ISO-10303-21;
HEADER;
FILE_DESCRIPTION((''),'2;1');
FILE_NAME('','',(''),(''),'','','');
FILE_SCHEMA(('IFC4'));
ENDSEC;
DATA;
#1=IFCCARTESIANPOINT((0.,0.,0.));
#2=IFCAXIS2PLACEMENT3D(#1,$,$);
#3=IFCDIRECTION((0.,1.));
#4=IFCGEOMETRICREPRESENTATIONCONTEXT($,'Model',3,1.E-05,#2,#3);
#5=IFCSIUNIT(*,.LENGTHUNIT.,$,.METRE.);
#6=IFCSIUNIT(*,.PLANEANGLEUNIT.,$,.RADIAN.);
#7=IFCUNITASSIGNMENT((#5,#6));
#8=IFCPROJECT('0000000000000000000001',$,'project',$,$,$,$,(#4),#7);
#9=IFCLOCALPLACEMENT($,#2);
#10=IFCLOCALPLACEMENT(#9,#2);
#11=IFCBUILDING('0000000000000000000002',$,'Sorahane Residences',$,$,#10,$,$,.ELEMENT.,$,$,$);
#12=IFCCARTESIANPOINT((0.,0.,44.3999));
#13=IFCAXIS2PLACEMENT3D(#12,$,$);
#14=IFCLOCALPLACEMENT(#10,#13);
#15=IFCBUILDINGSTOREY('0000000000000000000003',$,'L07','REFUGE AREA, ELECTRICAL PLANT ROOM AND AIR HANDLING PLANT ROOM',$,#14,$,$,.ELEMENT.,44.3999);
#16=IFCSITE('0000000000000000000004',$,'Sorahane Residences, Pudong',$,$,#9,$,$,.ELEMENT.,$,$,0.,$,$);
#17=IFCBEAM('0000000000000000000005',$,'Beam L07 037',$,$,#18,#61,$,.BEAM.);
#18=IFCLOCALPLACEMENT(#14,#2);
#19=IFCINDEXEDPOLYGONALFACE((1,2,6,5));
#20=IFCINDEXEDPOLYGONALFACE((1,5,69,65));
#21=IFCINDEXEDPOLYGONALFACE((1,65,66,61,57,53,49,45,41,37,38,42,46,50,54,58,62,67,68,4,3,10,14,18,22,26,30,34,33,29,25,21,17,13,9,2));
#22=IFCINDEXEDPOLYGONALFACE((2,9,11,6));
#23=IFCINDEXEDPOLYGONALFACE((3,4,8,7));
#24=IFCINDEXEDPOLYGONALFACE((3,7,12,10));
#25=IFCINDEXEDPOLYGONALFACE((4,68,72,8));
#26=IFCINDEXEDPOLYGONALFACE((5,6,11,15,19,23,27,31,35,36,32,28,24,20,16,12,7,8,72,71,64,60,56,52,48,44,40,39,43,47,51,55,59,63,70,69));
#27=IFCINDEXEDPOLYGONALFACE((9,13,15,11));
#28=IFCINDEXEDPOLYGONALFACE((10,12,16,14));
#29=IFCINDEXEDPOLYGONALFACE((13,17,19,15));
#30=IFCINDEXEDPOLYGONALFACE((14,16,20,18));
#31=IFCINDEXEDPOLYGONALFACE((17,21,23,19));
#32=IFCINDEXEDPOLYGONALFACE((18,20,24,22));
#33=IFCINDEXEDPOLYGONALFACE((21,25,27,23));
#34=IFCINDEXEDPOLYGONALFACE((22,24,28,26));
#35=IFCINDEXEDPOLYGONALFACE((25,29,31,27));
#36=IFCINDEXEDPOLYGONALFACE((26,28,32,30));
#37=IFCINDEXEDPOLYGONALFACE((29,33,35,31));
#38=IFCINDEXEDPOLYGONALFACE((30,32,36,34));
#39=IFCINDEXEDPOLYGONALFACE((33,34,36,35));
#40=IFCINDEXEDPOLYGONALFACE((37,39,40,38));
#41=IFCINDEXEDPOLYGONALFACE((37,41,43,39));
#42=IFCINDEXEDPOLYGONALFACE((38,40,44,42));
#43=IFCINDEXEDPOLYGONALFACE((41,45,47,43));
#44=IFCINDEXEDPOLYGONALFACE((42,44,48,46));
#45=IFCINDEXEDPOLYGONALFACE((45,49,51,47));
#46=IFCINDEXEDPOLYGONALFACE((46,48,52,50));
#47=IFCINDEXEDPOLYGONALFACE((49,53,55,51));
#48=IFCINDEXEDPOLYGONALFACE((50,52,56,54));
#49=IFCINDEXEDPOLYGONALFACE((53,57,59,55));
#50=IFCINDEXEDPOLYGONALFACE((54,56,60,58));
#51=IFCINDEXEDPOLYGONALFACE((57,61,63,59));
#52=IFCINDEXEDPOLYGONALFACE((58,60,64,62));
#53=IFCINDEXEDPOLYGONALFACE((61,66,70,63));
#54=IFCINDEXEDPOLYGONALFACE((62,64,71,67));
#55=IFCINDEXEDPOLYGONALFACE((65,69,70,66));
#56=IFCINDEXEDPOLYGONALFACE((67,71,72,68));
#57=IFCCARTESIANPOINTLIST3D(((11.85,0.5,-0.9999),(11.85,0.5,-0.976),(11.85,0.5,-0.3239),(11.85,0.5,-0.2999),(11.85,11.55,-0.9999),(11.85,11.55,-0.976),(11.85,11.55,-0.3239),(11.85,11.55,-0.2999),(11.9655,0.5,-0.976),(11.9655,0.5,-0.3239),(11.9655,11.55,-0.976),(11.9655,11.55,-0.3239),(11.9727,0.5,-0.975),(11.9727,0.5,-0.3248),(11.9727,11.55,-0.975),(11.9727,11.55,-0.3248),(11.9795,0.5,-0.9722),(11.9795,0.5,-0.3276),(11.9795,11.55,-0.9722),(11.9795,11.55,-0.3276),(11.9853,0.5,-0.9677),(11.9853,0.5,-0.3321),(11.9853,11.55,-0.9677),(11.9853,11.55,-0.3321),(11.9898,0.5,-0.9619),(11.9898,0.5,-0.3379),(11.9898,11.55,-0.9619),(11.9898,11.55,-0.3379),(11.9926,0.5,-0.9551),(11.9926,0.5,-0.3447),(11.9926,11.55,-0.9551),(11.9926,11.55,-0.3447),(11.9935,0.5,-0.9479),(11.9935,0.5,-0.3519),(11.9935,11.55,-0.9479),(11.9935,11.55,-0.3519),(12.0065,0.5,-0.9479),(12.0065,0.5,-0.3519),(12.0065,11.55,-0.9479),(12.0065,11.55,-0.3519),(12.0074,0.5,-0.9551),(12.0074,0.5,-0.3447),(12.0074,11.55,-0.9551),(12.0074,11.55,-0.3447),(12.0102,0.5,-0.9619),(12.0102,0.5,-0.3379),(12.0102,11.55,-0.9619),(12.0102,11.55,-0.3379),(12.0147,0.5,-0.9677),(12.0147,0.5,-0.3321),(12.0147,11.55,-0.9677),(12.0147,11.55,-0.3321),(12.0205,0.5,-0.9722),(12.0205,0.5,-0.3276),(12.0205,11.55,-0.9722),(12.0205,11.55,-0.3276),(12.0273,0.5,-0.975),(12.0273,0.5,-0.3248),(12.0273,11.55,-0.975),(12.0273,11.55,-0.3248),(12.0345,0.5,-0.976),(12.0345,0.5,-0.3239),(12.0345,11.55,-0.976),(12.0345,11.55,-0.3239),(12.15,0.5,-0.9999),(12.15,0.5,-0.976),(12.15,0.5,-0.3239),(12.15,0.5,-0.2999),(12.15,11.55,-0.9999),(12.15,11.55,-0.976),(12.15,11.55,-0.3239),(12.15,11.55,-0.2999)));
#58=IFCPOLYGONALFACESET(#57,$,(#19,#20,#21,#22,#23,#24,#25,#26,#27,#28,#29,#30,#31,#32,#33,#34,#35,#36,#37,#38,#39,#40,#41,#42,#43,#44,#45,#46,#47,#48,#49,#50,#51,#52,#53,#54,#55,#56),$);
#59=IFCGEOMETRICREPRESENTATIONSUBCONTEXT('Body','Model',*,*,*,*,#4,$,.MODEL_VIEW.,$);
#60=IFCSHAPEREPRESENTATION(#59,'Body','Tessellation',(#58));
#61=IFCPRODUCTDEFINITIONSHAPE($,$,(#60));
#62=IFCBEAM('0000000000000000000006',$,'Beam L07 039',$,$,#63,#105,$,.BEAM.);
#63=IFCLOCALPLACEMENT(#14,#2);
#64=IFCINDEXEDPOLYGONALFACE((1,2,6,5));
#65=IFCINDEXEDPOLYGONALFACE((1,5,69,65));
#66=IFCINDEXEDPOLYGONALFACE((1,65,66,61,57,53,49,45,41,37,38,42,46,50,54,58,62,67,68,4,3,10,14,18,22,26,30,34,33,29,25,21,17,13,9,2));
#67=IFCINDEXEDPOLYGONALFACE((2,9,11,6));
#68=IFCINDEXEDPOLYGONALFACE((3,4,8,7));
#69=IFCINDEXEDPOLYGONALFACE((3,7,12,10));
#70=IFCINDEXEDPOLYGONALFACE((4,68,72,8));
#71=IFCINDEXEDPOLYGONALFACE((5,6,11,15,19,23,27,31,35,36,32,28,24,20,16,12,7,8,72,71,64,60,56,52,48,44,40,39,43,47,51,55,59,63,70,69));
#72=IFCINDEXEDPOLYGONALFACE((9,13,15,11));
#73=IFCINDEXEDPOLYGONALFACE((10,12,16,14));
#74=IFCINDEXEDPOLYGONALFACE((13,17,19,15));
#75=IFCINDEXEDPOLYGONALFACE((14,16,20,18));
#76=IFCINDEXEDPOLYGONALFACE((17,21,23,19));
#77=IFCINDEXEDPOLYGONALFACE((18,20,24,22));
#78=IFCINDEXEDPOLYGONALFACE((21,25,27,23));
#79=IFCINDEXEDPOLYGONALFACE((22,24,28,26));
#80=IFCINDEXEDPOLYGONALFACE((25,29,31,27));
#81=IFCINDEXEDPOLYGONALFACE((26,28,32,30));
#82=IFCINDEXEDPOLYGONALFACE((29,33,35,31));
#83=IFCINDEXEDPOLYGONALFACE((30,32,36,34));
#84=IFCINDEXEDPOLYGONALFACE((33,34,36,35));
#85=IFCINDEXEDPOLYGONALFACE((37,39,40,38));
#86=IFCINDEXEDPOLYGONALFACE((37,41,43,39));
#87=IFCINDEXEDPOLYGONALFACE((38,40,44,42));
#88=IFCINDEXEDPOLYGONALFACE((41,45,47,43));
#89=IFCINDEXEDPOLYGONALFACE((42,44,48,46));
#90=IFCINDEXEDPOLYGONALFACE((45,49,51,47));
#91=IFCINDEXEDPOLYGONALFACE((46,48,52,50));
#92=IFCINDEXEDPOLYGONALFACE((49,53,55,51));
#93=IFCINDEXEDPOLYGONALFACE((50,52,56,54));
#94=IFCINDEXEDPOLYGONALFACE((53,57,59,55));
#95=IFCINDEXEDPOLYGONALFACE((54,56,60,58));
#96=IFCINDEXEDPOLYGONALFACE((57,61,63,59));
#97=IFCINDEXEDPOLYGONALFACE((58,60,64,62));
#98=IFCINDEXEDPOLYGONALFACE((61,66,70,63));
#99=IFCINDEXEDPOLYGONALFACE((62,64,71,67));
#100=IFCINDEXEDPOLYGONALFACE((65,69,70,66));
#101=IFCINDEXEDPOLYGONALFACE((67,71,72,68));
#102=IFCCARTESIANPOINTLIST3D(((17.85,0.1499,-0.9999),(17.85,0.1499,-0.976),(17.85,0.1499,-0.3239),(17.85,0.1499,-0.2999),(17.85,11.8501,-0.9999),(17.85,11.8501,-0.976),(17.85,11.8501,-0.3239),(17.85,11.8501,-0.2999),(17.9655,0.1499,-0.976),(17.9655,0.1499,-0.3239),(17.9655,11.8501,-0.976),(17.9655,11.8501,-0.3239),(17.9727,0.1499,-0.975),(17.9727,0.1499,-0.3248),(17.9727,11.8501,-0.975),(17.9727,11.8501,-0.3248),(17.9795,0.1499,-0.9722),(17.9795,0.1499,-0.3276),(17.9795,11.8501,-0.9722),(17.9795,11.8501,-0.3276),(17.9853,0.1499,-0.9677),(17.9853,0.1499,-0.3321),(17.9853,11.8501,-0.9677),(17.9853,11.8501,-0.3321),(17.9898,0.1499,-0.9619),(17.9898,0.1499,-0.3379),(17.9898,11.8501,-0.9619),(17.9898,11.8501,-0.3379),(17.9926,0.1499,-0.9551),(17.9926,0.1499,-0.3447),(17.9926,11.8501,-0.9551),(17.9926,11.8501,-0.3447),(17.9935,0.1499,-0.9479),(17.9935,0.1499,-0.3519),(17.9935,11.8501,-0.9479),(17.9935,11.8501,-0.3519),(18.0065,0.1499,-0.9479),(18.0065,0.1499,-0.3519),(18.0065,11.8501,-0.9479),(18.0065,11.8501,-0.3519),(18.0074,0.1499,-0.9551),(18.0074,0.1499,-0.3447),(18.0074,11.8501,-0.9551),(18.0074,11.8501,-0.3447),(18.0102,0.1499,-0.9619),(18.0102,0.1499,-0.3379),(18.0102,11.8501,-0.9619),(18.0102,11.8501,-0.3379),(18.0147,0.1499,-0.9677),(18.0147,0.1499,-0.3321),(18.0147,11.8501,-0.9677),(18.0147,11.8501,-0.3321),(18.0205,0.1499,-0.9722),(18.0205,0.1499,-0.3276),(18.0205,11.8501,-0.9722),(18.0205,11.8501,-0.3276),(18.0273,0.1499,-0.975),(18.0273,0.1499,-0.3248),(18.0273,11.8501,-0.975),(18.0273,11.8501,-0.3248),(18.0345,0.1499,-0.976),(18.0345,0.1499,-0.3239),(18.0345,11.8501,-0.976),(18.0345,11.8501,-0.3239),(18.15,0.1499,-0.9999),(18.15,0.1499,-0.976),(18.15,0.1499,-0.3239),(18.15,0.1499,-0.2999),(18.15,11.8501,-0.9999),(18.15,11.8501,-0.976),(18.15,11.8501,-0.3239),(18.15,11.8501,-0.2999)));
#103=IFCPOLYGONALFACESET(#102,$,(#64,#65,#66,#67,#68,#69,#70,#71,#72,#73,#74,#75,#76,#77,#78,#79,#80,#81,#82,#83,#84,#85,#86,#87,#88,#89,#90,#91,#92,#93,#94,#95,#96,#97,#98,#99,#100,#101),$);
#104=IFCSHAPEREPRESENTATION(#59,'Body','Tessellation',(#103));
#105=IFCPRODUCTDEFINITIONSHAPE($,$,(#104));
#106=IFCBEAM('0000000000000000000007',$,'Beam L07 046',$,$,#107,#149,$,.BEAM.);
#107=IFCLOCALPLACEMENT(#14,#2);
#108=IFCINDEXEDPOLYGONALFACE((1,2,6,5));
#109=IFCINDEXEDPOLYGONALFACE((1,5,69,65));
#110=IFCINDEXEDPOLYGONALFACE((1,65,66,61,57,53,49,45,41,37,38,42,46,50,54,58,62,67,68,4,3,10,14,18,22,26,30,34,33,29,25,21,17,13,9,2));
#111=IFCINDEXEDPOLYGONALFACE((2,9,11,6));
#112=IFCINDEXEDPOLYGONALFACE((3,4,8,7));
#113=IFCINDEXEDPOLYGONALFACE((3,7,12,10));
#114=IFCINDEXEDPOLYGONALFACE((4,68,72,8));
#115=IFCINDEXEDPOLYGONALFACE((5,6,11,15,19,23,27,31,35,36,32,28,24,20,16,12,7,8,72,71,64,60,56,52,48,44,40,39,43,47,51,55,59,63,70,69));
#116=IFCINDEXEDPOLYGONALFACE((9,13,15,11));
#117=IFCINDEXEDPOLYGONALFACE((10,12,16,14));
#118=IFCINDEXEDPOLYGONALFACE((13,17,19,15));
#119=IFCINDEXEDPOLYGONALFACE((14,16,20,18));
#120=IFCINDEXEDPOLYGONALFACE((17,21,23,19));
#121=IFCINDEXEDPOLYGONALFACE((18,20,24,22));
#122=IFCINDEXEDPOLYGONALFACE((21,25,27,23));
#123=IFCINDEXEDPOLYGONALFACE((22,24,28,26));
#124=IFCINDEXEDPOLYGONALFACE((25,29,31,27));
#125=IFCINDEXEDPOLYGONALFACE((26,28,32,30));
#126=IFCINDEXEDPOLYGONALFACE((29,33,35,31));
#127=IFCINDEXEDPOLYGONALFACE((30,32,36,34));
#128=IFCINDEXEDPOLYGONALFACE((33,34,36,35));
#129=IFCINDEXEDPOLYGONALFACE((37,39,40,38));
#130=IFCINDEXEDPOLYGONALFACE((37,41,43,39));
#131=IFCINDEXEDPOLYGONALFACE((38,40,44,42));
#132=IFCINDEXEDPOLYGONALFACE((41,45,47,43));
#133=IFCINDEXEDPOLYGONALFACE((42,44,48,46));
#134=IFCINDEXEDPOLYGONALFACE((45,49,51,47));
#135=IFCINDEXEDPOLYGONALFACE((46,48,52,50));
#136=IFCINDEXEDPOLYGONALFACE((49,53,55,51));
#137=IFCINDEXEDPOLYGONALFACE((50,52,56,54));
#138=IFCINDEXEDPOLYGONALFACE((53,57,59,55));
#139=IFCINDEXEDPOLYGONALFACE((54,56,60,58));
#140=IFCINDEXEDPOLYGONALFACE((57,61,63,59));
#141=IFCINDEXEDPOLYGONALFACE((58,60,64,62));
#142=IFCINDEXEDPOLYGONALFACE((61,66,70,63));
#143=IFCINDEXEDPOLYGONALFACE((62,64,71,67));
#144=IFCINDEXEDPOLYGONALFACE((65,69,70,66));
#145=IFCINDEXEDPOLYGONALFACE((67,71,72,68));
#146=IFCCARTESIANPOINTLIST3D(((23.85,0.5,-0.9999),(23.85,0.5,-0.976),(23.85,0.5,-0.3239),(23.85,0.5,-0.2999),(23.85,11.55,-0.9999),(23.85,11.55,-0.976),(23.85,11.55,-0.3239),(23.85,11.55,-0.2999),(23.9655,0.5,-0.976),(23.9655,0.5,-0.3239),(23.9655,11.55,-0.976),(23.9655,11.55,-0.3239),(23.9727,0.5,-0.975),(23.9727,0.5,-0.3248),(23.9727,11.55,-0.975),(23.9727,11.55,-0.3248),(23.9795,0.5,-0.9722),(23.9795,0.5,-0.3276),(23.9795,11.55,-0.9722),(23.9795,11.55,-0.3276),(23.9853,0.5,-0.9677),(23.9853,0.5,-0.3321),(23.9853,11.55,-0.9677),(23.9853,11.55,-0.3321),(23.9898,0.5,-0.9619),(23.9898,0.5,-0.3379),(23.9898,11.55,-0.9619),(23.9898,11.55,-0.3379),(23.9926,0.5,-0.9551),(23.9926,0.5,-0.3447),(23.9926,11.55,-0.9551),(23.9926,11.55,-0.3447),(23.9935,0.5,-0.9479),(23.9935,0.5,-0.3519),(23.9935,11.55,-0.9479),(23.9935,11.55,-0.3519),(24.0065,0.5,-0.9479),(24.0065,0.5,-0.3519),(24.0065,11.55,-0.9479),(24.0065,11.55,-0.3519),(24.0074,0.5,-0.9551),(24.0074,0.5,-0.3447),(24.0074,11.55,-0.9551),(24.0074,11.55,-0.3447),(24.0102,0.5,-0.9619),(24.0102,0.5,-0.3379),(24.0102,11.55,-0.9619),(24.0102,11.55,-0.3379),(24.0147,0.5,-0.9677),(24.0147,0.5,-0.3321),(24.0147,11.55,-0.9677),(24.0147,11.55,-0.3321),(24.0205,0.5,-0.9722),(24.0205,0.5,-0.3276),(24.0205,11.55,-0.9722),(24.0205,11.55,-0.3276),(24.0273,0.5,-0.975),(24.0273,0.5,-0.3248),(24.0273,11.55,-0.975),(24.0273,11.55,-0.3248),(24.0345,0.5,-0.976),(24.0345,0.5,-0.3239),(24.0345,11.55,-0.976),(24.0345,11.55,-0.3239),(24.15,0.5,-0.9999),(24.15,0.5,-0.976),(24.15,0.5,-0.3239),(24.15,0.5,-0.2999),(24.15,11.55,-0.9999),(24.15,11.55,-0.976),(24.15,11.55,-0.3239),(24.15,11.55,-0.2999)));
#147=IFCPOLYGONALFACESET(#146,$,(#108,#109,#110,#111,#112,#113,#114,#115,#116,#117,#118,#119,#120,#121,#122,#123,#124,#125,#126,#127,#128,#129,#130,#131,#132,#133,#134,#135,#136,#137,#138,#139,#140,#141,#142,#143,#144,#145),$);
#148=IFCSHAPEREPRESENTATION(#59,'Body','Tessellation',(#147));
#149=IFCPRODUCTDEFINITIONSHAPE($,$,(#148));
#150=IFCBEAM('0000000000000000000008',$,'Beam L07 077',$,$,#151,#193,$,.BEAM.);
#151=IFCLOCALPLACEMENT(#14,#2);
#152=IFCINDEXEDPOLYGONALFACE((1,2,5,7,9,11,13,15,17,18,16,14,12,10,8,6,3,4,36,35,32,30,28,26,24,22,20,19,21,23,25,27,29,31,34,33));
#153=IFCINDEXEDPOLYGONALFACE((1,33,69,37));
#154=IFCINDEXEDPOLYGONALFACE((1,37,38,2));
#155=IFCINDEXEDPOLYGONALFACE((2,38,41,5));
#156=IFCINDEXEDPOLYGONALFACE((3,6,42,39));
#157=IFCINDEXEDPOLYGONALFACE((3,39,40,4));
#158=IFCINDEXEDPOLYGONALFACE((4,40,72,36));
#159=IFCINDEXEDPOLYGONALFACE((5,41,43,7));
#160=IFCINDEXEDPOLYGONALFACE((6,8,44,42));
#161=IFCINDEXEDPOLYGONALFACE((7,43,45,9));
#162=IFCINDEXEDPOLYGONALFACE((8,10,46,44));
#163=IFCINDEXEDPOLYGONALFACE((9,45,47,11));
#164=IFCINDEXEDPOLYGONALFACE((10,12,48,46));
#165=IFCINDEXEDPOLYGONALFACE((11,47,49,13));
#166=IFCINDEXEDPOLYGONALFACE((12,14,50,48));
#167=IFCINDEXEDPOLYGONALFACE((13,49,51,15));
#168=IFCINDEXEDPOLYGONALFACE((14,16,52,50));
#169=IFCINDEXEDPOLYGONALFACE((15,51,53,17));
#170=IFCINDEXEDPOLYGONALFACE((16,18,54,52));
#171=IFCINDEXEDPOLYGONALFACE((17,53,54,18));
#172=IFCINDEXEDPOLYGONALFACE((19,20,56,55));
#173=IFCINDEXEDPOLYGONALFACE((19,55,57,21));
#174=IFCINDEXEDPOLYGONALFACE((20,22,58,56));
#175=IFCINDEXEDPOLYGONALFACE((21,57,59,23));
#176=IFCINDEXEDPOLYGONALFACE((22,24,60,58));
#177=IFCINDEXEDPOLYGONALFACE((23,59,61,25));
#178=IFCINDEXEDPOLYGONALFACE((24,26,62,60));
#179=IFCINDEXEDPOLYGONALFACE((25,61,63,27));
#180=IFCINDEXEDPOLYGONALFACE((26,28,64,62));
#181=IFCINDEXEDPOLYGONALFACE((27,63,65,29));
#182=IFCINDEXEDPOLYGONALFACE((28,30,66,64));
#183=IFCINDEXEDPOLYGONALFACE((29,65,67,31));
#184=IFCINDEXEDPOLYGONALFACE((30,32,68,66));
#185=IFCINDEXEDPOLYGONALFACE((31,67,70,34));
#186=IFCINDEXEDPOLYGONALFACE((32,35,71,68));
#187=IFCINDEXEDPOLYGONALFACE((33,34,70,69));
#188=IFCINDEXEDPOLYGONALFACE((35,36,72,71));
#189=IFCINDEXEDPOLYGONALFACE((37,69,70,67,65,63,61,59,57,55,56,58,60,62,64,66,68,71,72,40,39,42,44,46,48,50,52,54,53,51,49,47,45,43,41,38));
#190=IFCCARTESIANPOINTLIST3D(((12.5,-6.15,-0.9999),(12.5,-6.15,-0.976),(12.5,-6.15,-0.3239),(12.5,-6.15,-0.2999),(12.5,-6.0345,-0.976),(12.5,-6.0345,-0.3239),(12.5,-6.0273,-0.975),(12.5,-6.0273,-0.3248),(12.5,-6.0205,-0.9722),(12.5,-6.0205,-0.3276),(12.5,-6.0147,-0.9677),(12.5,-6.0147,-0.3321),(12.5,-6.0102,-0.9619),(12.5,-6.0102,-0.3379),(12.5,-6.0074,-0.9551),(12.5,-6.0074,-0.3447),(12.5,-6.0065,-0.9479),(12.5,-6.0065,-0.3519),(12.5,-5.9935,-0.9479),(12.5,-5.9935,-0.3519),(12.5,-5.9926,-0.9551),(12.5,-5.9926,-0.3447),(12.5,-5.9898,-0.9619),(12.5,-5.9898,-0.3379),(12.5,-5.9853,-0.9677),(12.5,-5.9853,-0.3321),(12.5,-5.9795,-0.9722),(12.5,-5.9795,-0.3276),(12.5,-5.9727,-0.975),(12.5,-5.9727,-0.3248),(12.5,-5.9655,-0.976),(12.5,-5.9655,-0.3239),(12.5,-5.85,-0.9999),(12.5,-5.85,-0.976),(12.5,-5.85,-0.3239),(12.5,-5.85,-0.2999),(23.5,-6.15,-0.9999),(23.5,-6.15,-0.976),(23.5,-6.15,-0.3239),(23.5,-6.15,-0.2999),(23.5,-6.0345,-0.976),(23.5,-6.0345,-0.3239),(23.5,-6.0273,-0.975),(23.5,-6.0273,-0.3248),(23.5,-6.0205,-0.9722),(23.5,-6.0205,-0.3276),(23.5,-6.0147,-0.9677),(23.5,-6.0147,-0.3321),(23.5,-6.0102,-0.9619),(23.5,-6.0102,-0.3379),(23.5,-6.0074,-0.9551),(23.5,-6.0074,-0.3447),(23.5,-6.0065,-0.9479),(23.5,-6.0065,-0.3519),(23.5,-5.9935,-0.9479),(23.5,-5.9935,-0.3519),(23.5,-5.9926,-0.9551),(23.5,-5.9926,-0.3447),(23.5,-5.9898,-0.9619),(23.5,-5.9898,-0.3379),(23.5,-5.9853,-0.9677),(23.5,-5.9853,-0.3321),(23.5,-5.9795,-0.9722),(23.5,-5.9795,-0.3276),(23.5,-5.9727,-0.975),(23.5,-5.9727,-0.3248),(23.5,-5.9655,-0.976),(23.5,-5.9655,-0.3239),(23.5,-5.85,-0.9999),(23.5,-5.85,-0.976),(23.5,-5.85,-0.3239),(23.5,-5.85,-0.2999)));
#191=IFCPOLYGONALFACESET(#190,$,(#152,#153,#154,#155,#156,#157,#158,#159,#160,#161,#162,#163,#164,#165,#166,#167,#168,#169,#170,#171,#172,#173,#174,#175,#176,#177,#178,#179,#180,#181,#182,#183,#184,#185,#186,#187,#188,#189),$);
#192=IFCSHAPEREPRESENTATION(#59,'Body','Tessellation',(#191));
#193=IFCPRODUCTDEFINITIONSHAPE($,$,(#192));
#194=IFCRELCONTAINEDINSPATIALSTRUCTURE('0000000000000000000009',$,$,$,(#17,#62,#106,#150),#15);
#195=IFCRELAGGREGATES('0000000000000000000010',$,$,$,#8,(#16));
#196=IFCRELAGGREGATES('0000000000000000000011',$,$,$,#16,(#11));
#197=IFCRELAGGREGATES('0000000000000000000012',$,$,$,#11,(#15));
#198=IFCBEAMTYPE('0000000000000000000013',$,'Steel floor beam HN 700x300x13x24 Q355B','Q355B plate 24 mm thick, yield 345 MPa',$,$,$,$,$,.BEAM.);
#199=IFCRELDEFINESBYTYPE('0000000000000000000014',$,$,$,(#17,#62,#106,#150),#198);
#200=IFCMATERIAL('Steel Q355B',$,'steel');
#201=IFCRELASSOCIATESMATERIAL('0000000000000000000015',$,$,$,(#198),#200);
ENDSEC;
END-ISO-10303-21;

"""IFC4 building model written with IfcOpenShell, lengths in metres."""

from ifc_helpers import new_model, si_unit, direction, frame, origin, origin_2d, place, context, subcontext, project, spatial, i_section, extrude, material, material_profile, profile_set, type_object, element, save


model = new_model("IFC4")

# Units and contexts
model_context = context("Model", 3, precision=1e-05, world=origin(), true_north=direction((0.0, 1.0)))
body_context = subcontext(model_context, "Body", "Model", "MODEL_VIEW")
ifc_project = project(units=[si_unit("LENGTHUNIT", "METRE"), si_unit("PLANEANGLEUNIT", "RADIAN")], contexts=[model_context])

# Site, building, storey
site_placement = place(None, origin())
site = spatial("IfcSite", under=ifc_project, at=site_placement, Name="Sorahane Residences, Pudong", CompositionType="ELEMENT", RefElevation=0.0)
building_placement = place(site_placement, origin())
building = spatial("IfcBuilding", under=site, at=building_placement, Name="Sorahane Residences", CompositionType="ELEMENT")
storey_placement = place(building_placement, frame((0.0, 0.0, 44.3999)))
storey = spatial("IfcBuildingStorey", under=building, at=storey_placement, Name="L07", Description="REFUGE AREA, ELECTRICAL PLANT ROOM AND AIR HANDLING PLANT ROOM", CompositionType="ELEMENT", Elevation=44.3999)

# Beams
ifc_material_1 = material(Name="Steel Q355B", Category="steel")
ifc_material_profile_1 = material_profile(ifc_material_1, i_section(OverallWidth=0.3, OverallDepth=0.7, WebThickness=0.0129, FlangeThickness=0.0239, FilletRadius=0.0281, at=origin_2d()), Name="HN 700x300x13x24")
ifc_profile_set_1 = profile_set([ifc_material_profile_1], Name="Steel Q355B")
beam_type_1 = type_object("IfcBeamType", Name="Steel floor beam HN 700x300x13x24 Q355B", Description="Q355B plate 24 mm thick, yield 345 MPa", PredefinedType="BEAM", material=ifc_profile_set_1)
beam_1_placement = place(storey_placement, frame((12.0, 0.5, -0.6499), z_axis=(0.0, 1.0, 0.0), x_axis=(-1.0, 0.0, 0.0)))
element("IfcBeam", 1, at=beam_1_placement, inside=storey, type_object=beam_type_1, Name="Beam L07 037", PredefinedType="BEAM", context=body_context, shape_type="SweptSolid", body=[
    extrude(i_section(OverallWidth=0.3, OverallDepth=0.7, WebThickness=0.0129, FlangeThickness=0.0239, FilletRadius=0.0281, at=origin_2d()), origin(), (0.0, 0.0, 1.0), 11.05),
])
beam_2_placement = place(storey_placement, frame((18.0, 0.1499, -0.6499), z_axis=(0.0, 1.0, 0.0), x_axis=(-1.0, 0.0, 0.0)))
element("IfcBeam", 2, at=beam_2_placement, inside=storey, type_object=beam_type_1, Name="Beam L07 039", PredefinedType="BEAM", context=body_context, shape_type="SweptSolid", body=[
    extrude(i_section(OverallWidth=0.3, OverallDepth=0.7, WebThickness=0.0129, FlangeThickness=0.0239, FilletRadius=0.0281, at=origin_2d()), origin(), (0.0, 0.0, 1.0), 11.7002),
])
beam_3_placement = place(storey_placement, frame((24.0, 0.5, -0.6499), z_axis=(0.0, 1.0, 0.0), x_axis=(-1.0, 0.0, 0.0)))
element("IfcBeam", 3, at=beam_3_placement, inside=storey, type_object=beam_type_1, Name="Beam L07 046", PredefinedType="BEAM", context=body_context, shape_type="SweptSolid", body=[
    extrude(i_section(OverallWidth=0.3, OverallDepth=0.7, WebThickness=0.0129, FlangeThickness=0.0239, FilletRadius=0.0281, at=origin_2d()), origin(), (0.0, 0.0, 1.0), 11.05),
])
for number, where, z_axis, x_axis, name in (
    (4, (12.5, -6.0, -0.6499), (1.0, 0.0, 0.0), (0.0, 1.0, 0.0), "Beam L07 077"),
):
    element("IfcBeam", number, at=place(storey_placement, frame(where, z_axis=z_axis, x_axis=x_axis)), inside=storey, type_object=beam_type_1, Name=name, PredefinedType="BEAM", context=body_context, shape_type="SweptSolid", body=[
        extrude(i_section(OverallWidth=0.3, OverallDepth=0.7, WebThickness=0.0129, FlangeThickness=0.0239, FilletRadius=0.0281, at=origin_2d()), origin(), (0.0, 0.0, 1.0), 11.0),
    ])

save(model, "model.ifc")
